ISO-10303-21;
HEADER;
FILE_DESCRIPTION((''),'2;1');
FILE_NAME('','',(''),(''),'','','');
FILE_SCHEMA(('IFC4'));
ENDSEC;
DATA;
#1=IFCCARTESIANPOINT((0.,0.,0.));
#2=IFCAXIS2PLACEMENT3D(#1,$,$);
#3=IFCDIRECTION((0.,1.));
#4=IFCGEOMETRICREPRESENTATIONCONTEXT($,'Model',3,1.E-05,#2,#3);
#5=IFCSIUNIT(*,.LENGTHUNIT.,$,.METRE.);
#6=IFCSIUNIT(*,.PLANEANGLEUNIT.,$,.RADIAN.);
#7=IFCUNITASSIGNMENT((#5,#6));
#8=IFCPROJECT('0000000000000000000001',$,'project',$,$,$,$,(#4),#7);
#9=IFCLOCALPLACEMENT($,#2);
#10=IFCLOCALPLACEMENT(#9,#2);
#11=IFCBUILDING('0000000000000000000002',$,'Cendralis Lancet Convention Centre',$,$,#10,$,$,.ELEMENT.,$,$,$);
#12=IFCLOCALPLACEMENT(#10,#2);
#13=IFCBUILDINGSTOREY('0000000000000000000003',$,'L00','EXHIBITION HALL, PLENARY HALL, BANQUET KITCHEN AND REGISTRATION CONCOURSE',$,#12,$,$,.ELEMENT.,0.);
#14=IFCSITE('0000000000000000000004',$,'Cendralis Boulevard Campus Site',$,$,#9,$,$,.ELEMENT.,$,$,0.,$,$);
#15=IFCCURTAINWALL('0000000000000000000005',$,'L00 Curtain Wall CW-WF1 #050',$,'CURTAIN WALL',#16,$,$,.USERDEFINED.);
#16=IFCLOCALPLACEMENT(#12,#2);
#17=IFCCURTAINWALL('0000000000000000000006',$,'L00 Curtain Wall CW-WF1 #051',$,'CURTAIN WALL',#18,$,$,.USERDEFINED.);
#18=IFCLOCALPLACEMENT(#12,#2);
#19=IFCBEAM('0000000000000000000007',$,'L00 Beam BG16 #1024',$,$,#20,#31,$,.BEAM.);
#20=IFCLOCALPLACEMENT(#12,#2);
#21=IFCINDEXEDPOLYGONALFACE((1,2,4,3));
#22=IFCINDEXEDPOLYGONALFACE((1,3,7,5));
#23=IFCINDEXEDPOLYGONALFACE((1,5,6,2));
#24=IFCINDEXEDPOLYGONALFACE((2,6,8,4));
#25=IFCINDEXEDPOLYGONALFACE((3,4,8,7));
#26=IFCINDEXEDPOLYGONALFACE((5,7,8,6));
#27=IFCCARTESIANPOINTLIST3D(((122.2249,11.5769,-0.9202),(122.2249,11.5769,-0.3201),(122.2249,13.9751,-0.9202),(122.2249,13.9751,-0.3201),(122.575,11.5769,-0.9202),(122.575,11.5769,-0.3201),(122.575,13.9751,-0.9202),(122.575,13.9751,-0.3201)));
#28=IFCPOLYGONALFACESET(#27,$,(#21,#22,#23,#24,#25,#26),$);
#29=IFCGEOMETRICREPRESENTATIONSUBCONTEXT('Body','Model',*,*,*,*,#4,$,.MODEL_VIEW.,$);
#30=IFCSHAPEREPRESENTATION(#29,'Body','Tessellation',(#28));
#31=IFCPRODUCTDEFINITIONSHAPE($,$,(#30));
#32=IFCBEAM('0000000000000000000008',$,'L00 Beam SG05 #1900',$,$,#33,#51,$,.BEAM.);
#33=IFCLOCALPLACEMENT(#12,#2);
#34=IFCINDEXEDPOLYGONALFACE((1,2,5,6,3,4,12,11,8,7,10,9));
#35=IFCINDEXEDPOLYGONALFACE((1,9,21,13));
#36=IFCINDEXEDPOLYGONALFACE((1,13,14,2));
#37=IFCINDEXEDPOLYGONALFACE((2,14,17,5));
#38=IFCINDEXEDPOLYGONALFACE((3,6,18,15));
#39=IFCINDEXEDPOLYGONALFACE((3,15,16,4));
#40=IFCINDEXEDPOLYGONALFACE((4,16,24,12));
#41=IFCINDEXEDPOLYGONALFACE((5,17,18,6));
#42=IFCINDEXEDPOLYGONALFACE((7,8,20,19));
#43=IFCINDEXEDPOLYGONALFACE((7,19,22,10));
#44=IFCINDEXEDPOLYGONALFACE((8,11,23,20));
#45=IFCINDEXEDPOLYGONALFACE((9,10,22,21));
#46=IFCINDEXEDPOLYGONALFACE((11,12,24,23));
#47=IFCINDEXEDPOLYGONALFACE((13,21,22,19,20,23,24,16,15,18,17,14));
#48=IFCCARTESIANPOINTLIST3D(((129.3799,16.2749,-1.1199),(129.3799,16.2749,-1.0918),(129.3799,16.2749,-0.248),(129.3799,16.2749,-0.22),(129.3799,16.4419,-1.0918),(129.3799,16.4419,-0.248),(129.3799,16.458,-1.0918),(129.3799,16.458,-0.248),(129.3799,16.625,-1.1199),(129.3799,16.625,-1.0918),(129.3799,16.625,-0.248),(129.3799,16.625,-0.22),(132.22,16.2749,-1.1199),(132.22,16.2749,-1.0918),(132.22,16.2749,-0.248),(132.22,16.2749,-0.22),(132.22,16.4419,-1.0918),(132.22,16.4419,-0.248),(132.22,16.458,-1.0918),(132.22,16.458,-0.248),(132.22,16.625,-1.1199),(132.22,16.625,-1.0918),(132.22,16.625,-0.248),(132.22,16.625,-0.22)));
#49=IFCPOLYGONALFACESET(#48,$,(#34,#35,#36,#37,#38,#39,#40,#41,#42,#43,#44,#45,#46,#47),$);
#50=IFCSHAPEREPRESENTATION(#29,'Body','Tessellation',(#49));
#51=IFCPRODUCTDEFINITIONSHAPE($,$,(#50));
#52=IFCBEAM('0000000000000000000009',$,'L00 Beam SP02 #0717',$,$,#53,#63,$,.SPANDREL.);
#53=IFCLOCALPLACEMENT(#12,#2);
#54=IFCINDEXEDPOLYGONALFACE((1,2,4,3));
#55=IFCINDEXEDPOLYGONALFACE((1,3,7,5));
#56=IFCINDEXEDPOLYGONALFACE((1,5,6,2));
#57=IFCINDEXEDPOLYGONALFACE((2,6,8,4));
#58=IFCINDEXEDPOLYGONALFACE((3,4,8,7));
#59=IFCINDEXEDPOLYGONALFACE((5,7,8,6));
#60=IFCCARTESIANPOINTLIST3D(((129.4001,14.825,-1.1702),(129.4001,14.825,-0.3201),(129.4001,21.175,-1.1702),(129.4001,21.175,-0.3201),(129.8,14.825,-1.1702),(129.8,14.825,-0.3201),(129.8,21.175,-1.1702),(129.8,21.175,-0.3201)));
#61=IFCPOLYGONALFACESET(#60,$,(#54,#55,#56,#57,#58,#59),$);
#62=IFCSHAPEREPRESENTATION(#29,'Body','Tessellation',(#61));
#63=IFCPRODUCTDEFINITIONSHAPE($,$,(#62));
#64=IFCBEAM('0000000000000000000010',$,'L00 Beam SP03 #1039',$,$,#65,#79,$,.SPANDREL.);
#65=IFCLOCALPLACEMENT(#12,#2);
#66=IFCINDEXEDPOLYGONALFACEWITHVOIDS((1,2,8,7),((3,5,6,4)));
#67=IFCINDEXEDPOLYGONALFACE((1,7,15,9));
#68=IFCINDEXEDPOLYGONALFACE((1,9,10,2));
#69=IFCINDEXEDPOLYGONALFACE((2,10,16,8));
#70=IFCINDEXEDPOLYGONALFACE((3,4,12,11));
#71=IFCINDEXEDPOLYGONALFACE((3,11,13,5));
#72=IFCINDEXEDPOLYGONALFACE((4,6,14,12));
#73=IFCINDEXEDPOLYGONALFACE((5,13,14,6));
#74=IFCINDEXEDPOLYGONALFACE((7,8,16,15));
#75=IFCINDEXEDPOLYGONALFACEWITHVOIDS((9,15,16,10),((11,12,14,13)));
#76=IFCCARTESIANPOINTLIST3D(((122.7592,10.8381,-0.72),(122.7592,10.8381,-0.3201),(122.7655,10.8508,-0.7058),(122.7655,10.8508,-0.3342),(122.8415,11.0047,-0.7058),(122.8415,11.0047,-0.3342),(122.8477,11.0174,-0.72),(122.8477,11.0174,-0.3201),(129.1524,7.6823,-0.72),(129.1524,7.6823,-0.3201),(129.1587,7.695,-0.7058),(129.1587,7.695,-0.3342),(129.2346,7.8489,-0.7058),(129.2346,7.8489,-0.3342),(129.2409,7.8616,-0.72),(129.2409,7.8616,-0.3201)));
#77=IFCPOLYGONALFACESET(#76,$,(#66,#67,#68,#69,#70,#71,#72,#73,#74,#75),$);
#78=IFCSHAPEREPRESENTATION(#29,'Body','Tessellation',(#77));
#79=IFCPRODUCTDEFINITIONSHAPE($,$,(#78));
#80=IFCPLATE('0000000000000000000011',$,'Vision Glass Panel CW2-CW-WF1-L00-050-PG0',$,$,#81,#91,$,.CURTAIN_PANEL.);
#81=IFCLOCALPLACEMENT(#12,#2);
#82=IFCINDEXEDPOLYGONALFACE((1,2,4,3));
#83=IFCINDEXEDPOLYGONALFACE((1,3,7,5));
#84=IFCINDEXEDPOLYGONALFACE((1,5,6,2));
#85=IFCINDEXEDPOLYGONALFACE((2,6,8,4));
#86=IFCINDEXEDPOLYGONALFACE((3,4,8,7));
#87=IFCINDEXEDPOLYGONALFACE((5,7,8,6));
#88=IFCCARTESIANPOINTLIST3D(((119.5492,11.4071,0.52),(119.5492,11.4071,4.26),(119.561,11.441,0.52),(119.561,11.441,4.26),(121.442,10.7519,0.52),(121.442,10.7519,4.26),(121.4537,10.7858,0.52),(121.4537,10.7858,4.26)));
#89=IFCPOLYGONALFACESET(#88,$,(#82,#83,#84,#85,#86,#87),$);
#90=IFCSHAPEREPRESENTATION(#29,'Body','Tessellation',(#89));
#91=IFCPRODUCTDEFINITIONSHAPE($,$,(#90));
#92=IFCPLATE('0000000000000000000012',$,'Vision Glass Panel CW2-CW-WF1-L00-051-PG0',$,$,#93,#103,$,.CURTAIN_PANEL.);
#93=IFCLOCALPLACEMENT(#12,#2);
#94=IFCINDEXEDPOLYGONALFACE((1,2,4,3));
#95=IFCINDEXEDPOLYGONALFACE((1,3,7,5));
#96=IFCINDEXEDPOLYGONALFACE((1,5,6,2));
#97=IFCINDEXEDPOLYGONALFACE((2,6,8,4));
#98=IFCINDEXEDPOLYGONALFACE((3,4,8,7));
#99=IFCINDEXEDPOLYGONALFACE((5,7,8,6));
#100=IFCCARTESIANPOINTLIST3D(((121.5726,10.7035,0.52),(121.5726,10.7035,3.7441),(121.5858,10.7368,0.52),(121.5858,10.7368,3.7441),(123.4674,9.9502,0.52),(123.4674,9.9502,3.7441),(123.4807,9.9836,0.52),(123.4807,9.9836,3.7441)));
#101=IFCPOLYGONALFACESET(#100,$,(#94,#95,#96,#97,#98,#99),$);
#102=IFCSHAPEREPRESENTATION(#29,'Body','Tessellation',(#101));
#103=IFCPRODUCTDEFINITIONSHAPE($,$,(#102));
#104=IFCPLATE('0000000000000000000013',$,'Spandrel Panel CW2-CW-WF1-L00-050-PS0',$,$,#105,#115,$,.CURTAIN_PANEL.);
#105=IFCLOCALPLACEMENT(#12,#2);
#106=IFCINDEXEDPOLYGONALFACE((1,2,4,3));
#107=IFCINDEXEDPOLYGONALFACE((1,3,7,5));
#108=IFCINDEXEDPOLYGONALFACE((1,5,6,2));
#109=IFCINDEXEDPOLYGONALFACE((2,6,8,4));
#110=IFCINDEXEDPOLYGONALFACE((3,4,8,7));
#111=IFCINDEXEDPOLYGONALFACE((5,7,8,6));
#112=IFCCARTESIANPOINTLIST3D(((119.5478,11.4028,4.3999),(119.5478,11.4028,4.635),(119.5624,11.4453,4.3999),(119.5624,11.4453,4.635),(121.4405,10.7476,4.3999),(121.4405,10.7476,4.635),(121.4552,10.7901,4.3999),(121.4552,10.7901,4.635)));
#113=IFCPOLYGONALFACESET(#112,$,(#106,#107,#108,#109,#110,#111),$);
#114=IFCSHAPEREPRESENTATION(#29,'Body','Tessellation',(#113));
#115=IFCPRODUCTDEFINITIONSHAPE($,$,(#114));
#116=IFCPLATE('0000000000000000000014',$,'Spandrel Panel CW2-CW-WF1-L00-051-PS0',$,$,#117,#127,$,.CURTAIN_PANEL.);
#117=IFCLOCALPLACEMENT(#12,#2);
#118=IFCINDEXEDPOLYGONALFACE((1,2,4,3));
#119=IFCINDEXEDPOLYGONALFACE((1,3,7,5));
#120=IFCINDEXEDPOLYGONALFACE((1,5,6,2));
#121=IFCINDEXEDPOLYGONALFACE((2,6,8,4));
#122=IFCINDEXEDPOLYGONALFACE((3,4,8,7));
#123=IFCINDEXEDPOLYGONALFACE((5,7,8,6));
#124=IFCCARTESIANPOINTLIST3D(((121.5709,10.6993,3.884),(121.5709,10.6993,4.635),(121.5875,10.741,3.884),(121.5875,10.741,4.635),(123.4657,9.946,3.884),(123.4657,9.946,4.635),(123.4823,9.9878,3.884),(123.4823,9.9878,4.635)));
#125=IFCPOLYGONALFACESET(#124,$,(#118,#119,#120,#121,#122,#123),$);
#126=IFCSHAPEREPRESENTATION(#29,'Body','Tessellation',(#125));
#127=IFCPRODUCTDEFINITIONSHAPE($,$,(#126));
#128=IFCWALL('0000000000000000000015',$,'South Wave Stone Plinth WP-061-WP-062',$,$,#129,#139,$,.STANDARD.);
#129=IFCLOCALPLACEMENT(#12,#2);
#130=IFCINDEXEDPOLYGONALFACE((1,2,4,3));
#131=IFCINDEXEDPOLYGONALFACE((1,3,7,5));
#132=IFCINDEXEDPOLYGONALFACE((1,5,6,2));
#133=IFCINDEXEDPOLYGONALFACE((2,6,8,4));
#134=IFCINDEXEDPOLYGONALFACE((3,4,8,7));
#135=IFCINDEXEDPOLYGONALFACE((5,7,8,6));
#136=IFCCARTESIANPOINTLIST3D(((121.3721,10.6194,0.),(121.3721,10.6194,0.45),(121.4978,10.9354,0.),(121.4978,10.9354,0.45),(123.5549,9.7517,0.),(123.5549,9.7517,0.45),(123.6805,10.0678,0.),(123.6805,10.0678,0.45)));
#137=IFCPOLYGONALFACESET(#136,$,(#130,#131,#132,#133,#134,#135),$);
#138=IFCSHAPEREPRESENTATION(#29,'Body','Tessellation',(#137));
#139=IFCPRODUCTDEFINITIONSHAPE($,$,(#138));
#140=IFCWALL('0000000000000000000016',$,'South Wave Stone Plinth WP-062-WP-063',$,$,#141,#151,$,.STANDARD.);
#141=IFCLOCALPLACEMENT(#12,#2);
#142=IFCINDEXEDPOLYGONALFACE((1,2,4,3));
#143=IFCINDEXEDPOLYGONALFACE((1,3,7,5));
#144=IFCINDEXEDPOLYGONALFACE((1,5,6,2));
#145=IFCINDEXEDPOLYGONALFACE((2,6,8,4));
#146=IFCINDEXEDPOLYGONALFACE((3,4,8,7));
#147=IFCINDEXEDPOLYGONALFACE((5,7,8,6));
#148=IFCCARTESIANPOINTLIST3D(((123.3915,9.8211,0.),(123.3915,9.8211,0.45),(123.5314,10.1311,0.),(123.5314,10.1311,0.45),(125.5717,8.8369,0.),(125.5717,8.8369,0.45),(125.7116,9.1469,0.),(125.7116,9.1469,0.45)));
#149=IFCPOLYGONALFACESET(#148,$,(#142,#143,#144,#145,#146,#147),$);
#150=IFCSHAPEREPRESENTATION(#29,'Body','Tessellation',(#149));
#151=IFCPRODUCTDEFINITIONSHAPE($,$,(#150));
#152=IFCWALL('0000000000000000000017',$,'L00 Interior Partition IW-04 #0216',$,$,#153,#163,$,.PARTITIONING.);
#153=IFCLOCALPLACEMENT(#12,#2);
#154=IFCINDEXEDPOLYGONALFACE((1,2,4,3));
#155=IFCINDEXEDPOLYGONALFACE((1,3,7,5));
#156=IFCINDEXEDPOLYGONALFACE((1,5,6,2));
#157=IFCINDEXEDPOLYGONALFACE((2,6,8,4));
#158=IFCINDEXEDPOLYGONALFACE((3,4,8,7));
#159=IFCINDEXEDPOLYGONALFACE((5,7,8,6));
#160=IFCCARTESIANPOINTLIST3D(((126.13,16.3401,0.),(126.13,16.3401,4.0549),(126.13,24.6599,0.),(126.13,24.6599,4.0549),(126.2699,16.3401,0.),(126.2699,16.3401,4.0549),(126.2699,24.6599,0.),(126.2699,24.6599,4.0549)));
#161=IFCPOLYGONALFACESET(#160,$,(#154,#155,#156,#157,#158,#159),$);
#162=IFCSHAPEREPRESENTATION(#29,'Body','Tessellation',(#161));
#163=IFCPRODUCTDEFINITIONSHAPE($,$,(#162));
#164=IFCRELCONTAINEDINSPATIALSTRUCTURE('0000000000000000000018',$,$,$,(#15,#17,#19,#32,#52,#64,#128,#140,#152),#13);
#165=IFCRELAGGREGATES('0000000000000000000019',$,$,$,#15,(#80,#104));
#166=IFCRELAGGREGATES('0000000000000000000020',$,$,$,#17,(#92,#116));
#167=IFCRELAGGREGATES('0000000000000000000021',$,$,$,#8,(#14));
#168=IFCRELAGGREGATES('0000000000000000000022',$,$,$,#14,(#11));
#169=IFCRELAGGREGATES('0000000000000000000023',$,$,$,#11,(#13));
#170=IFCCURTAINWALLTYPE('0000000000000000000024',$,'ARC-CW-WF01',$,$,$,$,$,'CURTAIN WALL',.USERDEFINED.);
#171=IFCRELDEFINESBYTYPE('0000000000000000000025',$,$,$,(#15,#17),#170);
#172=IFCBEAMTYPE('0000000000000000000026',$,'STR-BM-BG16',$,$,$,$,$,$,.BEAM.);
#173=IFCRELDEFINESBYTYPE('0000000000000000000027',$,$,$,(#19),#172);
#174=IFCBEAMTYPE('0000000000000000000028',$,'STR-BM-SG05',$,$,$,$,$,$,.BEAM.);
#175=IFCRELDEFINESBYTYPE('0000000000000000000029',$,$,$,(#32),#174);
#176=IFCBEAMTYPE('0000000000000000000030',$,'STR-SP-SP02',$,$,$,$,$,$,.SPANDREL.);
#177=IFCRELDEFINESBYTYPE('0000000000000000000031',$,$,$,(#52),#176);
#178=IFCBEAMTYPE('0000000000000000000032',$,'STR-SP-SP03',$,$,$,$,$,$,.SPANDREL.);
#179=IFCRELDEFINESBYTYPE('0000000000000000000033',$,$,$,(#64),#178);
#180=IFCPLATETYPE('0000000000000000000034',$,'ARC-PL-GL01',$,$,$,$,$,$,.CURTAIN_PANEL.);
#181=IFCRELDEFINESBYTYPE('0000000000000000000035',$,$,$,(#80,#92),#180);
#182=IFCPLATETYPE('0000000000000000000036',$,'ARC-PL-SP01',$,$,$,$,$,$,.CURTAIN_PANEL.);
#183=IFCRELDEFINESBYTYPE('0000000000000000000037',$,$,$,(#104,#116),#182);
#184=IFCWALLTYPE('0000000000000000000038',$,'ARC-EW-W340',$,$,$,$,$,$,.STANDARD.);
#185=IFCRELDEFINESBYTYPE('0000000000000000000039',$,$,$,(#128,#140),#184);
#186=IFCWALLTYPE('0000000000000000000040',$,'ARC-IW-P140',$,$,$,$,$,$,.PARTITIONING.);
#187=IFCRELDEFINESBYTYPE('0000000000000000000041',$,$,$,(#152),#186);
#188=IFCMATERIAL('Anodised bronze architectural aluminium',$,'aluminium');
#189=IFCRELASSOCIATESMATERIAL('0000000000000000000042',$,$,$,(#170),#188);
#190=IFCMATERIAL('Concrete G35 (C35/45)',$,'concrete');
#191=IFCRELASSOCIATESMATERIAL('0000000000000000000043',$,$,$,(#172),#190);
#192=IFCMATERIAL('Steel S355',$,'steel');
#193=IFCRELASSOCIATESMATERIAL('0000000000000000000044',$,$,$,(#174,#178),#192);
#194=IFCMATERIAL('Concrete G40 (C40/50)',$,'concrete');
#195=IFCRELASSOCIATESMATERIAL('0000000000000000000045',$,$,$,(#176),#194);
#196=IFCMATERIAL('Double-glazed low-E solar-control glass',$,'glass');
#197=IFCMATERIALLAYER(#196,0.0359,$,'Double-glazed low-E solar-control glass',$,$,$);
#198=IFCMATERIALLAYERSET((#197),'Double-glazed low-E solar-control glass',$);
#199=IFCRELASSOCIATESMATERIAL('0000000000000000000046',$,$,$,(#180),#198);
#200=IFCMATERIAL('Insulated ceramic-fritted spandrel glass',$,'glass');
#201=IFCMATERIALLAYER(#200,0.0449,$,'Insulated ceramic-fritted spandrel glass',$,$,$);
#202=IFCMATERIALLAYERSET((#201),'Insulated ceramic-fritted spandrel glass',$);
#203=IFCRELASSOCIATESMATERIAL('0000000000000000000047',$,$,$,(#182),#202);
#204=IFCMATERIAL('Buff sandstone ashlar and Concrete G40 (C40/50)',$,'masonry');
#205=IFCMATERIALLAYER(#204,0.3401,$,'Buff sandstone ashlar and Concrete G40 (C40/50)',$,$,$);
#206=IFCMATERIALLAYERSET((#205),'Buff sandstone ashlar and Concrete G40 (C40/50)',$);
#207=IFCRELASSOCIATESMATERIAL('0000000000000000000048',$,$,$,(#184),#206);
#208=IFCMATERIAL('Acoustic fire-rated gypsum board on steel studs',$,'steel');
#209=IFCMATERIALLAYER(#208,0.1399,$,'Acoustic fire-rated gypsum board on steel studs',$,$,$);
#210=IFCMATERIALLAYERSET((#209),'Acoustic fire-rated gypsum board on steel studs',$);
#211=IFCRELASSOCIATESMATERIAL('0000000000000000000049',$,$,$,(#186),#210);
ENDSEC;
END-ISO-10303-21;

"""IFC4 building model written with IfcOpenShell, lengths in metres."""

from ifc_helpers import new_model, si_unit, direction, frame, frame_2d, origin, origin_2d, place, context, subcontext, project, spatial, rectangle, hollow_rectangle, i_section, extrude, material, layer, layer_set, material_profile, profile_set, type_object, element, aggregate, save


model = new_model("IFC4")

# Units and contexts
model_context = context("Model", 3, precision=1e-05, world=origin(), true_north=direction((0.0, 1.0)))
body_context = subcontext(model_context, "Body", "Model", "MODEL_VIEW")
ifc_project = project(units=[si_unit("LENGTHUNIT", "METRE"), si_unit("PLANEANGLEUNIT", "RADIAN")], contexts=[model_context])

# Site, building, storey
site_placement = place(None, origin())
site = spatial("IfcSite", under=ifc_project, at=site_placement, Name="Cendralis Boulevard Campus Site", CompositionType="ELEMENT", RefElevation=0.0)
building_placement = place(site_placement, origin())
building = spatial("IfcBuilding", under=site, at=building_placement, Name="Cendralis Lancet Convention Centre", CompositionType="ELEMENT")
storey_placement = place(building_placement, origin())
storey = spatial("IfcBuildingStorey", under=building, at=storey_placement, Name="L00", Description="EXHIBITION HALL, PLENARY HALL, BANQUET KITCHEN AND REGISTRATION CONCOURSE", CompositionType="ELEMENT", Elevation=0.0)

# Shared definitions
ifc_material_1 = material(Name="Concrete G35 (C35/45)", Category="concrete")

# Shared definitions
ifc_material_2 = material(Name="Concrete G40 (C40/50)", Category="concrete")

# Curtain wall
ifc_material_3 = material(Name="Anodised bronze architectural aluminium", Category="aluminium")
curtain_wall_type = type_object("IfcCurtainWallType", Name="ARC-CW-WF01", ElementType="CURTAIN WALL", PredefinedType="USERDEFINED", material=ifc_material_3)
curtain_wall_1_placement = place(storey_placement, origin())
curtain_wall_1 = element("IfcCurtainWall", 1, at=curtain_wall_1_placement, inside=storey, type_object=curtain_wall_type, Name="L00 Curtain Wall CW-WF1 #050", ObjectType="CURTAIN WALL", PredefinedType="USERDEFINED")

# Curtain wall
curtain_wall_2_placement = place(storey_placement, origin())
curtain_wall_2 = element("IfcCurtainWall", 2, at=curtain_wall_2_placement, inside=storey, type_object=curtain_wall_type, Name="L00 Curtain Wall CW-WF1 #051", ObjectType="CURTAIN WALL", PredefinedType="USERDEFINED")

# Beams
ifc_material_profile_1 = material_profile(ifc_material_1, rectangle(XDim=0.3501, YDim=0.6001, at=origin_2d()), Name="RCB 350x600")
ifc_profile_set_1 = profile_set([ifc_material_profile_1], Name="Concrete G35 (C35/45)")
beam_type_1 = type_object("IfcBeamType", Name="STR-BM-BG16", PredefinedType="BEAM", material=ifc_profile_set_1)
beam_1_placement = place(storey_placement, frame((122.3999, 11.5769, -0.6201), z_axis=(0.0, 1.0, 0.0), x_axis=(-1.0, 0.0, 0.0)))
element("IfcBeam", 3, at=beam_1_placement, inside=storey, type_object=beam_type_1, Name="L00 Beam BG16 #1024", PredefinedType="BEAM", context=body_context, shape_type="SweptSolid", body=[
    extrude(rectangle(XDim=0.3501, YDim=0.6001, at=origin_2d()), origin(), (0.0, 0.0, 1.0), 2.3982),
])
ifc_material_4 = material(Name="Steel S355", Category="steel")
ifc_material_profile_2 = material_profile(ifc_material_4, i_section(OverallWidth=0.3501, OverallDepth=0.8999, WebThickness=0.0161, FlangeThickness=0.0281, at=origin_2d()), Name="PG 900x350")
ifc_profile_set_2 = profile_set([ifc_material_profile_2], Name="Steel S355")
beam_type_2 = type_object("IfcBeamType", Name="STR-BM-SG05", PredefinedType="BEAM", material=ifc_profile_set_2)
beam_2_placement = place(storey_placement, frame((129.3799, 16.45, -0.6699), z_axis=(1.0, 0.0, 0.0), x_axis=(0.0, 1.0, 0.0)))
element("IfcBeam", 4, at=beam_2_placement, inside=storey, type_object=beam_type_2, Name="L00 Beam SG05 #1900", PredefinedType="BEAM", context=body_context, shape_type="SweptSolid", body=[
    extrude(i_section(OverallWidth=0.3501, OverallDepth=0.8999, WebThickness=0.0161, FlangeThickness=0.0281, at=origin_2d()), origin(), (0.0, 0.0, 1.0), 2.8401),
])
ifc_material_profile_3 = material_profile(ifc_material_2, rectangle(XDim=0.3999, YDim=0.8501, at=origin_2d()), Name="RCB 400x850")
ifc_profile_set_3 = profile_set([ifc_material_profile_3], Name="Concrete G40 (C40/50)")
beam_type_3 = type_object("IfcBeamType", Name="STR-SP-SP02", PredefinedType="SPANDREL", material=ifc_profile_set_3)
beam_3_placement = place(storey_placement, frame((129.6001, 14.825, -0.7451), z_axis=(0.0, 1.0, 0.0), x_axis=(-1.0, 0.0, 0.0)))
element("IfcBeam", 5, at=beam_3_placement, inside=storey, type_object=beam_type_3, Name="L00 Beam SP02 #0717", PredefinedType="SPANDREL", context=body_context, shape_type="SweptSolid", body=[
    extrude(rectangle(XDim=0.3999, YDim=0.8501, at=origin_2d()), origin(), (0.0, 0.0, 1.0), 6.3501),
])
ifc_material_profile_4 = material_profile(ifc_material_4, hollow_rectangle(XDim=0.2, YDim=0.3999, WallThickness=0.0142, at=origin_2d()), Name="RHS 400x200x14.2")
ifc_profile_set_4 = profile_set([ifc_material_profile_4], Name="Steel S355")
beam_type_4 = type_object("IfcBeamType", Name="STR-SP-SP03", PredefinedType="SPANDREL", material=ifc_profile_set_4)
beam_4_placement = place(storey_placement, frame((122.8035, 10.9277, -0.52), z_axis=(0.896703, -0.442633, 0.0), x_axis=(0.442633, 0.896703, 0.0)))
element("IfcBeam", 6, at=beam_4_placement, inside=storey, type_object=beam_type_4, Name="L00 Beam SP03 #1039", PredefinedType="SPANDREL", context=body_context, shape_type="SweptSolid", body=[
    extrude(hollow_rectangle(XDim=0.2, YDim=0.3999, WallThickness=0.0142, at=origin_2d()), origin(), (0.0, 0.0, 1.0), 7.1296),
])

# Plates
ifc_material_5 = material(Name="Double-glazed low-E solar-control glass", Category="glass")
ifc_layer_1 = layer(ifc_material_5, 0.0359, Name="Double-glazed low-E solar-control glass")
ifc_layer_set_1 = layer_set([ifc_layer_1], Name="Double-glazed low-E solar-control glass")
plate_type_1 = type_object("IfcPlateType", Name="ARC-PL-GL01", PredefinedType="CURTAIN_PANEL", material=ifc_layer_set_1)
plate_1_placement = place(storey_placement, frame((120.5015, 11.0964, 0.52), z_axis=(0.0, 0.0, 1.0), x_axis=(0.944981, -0.327127, 0.0)))
plate_1 = element("IfcPlate", 7, at=plate_1_placement, type_object=plate_type_1, Name="Vision Glass Panel CW2-CW-WF1-L00-050-PG0", PredefinedType="CURTAIN_PANEL", context=body_context, shape_type="SweptSolid", body=[
    extrude(rectangle(XDim=2.0029, YDim=0.0359, at=origin_2d()), origin(), (0.0, 0.0, 1.0), 3.74),
])
plate_2_placement = place(storey_placement, frame((122.5266, 10.3435, 0.52), z_axis=(0.0, 0.0, 1.0), x_axis=(0.929266, -0.369412, 0.0)))
plate_2 = element("IfcPlate", 8, at=plate_2_placement, type_object=plate_type_1, Name="Vision Glass Panel CW2-CW-WF1-L00-051-PG0", PredefinedType="CURTAIN_PANEL", context=body_context, shape_type="SweptSolid", body=[
    extrude(rectangle(XDim=2.0391, YDim=0.0359, at=origin_2d()), origin(), (0.0, 0.0, 1.0), 3.2241),
])
ifc_material_6 = material(Name="Insulated ceramic-fritted spandrel glass", Category="glass")
ifc_layer_2 = layer(ifc_material_6, 0.0449, Name="Insulated ceramic-fritted spandrel glass")
ifc_layer_set_2 = layer_set([ifc_layer_2], Name="Insulated ceramic-fritted spandrel glass")
plate_type_2 = type_object("IfcPlateType", Name="ARC-PL-SP01", PredefinedType="CURTAIN_PANEL", material=ifc_layer_set_2)
plate_3_placement = place(storey_placement, frame((120.5015, 11.0964, 4.3999), z_axis=(0.0, 0.0, 1.0), x_axis=(0.944981, -0.327127, 0.0)))
plate_3 = element("IfcPlate", 9, at=plate_3_placement, type_object=plate_type_2, Name="Spandrel Panel CW2-CW-WF1-L00-050-PS0", PredefinedType="CURTAIN_PANEL", context=body_context, shape_type="SweptSolid", body=[
    extrude(rectangle(XDim=2.0029, YDim=0.0449, at=origin_2d()), origin(), (0.0, 0.0, 1.0), 0.2351),
])
aggregate(curtain_wall_1, [plate_1, plate_3])
plate_4_placement = place(storey_placement, frame((122.5266, 10.3435, 3.884), z_axis=(0.0, 0.0, 1.0), x_axis=(0.929266, -0.369412, 0.0)))
plate_4 = element("IfcPlate", 10, at=plate_4_placement, type_object=plate_type_2, Name="Spandrel Panel CW2-CW-WF1-L00-051-PS0", PredefinedType="CURTAIN_PANEL", context=body_context, shape_type="SweptSolid", body=[
    extrude(rectangle(XDim=2.0391, YDim=0.0449, at=origin_2d()), origin(), (0.0, 0.0, 1.0), 0.751),
])
aggregate(curtain_wall_2, [plate_2, plate_4])

# Walls
ifc_material_7 = material(Name="Buff sandstone ashlar and Concrete G40 (C40/50)", Category="masonry")
ifc_layer_3 = layer(ifc_material_7, 0.3401, Name="Buff sandstone ashlar and Concrete G40 (C40/50)")
ifc_layer_set_3 = layer_set([ifc_layer_3], Name="Buff sandstone ashlar and Concrete G40 (C40/50)")
wall_type_1 = type_object("IfcWallType", Name="ARC-EW-W340", PredefinedType="STANDARD", material=ifc_layer_set_3)
wall_1_placement = place(storey_placement, frame((121.4351, 10.7773, 0.0), z_axis=(0.0, 0.0, 1.0), x_axis=(0.929277, -0.369383, 0.0)))
element("IfcWall", 11, at=wall_1_placement, inside=storey, type_object=wall_type_1, Name="South Wave Stone Plinth WP-061-WP-062", PredefinedType="STANDARD", context=body_context, shape_type="SweptSolid", body=[
    extrude(rectangle(XDim=2.3489, YDim=0.3401, at=frame_2d((1.1743, 0.0))), origin(), (0.0, 0.0, 1.0), 0.45),
])
wall_2_placement = place(storey_placement, frame((123.4614, 9.9761, 0.0), z_axis=(0.0, 0.0, 1.0), x_axis=(0.911443, -0.411425, 0.0)))
element("IfcWall", 12, at=wall_2_placement, inside=storey, type_object=wall_type_1, Name="South Wave Stone Plinth WP-062-WP-063", PredefinedType="STANDARD", context=body_context, shape_type="SweptSolid", body=[
    extrude(rectangle(XDim=2.3921, YDim=0.3401, at=frame_2d((1.196, 0.0))), origin(), (0.0, 0.0, 1.0), 0.45),
])
ifc_material_8 = material(Name="Acoustic fire-rated gypsum board on steel studs", Category="steel")
ifc_layer_4 = layer(ifc_material_8, 0.1399, Name="Acoustic fire-rated gypsum board on steel studs")
ifc_layer_set_4 = layer_set([ifc_layer_4], Name="Acoustic fire-rated gypsum board on steel studs")
wall_type_2 = type_object("IfcWallType", Name="ARC-IW-P140", PredefinedType="PARTITIONING", material=ifc_layer_set_4)
wall_3_placement = place(storey_placement, frame((126.2, 16.3401, 0.0), z_axis=(0.0, 0.0, 1.0), x_axis=(0.0, 1.0, 0.0)))
element("IfcWall", 13, at=wall_3_placement, inside=storey, type_object=wall_type_2, Name="L00 Interior Partition IW-04 #0216", PredefinedType="PARTITIONING", context=body_context, shape_type="SweptSolid", body=[
    extrude(rectangle(XDim=8.3198, YDim=0.1399, at=frame_2d((4.1599, 0.0))), origin(), (0.0, 0.0, 1.0), 4.0549),
])

save(model, "model.ifc")
